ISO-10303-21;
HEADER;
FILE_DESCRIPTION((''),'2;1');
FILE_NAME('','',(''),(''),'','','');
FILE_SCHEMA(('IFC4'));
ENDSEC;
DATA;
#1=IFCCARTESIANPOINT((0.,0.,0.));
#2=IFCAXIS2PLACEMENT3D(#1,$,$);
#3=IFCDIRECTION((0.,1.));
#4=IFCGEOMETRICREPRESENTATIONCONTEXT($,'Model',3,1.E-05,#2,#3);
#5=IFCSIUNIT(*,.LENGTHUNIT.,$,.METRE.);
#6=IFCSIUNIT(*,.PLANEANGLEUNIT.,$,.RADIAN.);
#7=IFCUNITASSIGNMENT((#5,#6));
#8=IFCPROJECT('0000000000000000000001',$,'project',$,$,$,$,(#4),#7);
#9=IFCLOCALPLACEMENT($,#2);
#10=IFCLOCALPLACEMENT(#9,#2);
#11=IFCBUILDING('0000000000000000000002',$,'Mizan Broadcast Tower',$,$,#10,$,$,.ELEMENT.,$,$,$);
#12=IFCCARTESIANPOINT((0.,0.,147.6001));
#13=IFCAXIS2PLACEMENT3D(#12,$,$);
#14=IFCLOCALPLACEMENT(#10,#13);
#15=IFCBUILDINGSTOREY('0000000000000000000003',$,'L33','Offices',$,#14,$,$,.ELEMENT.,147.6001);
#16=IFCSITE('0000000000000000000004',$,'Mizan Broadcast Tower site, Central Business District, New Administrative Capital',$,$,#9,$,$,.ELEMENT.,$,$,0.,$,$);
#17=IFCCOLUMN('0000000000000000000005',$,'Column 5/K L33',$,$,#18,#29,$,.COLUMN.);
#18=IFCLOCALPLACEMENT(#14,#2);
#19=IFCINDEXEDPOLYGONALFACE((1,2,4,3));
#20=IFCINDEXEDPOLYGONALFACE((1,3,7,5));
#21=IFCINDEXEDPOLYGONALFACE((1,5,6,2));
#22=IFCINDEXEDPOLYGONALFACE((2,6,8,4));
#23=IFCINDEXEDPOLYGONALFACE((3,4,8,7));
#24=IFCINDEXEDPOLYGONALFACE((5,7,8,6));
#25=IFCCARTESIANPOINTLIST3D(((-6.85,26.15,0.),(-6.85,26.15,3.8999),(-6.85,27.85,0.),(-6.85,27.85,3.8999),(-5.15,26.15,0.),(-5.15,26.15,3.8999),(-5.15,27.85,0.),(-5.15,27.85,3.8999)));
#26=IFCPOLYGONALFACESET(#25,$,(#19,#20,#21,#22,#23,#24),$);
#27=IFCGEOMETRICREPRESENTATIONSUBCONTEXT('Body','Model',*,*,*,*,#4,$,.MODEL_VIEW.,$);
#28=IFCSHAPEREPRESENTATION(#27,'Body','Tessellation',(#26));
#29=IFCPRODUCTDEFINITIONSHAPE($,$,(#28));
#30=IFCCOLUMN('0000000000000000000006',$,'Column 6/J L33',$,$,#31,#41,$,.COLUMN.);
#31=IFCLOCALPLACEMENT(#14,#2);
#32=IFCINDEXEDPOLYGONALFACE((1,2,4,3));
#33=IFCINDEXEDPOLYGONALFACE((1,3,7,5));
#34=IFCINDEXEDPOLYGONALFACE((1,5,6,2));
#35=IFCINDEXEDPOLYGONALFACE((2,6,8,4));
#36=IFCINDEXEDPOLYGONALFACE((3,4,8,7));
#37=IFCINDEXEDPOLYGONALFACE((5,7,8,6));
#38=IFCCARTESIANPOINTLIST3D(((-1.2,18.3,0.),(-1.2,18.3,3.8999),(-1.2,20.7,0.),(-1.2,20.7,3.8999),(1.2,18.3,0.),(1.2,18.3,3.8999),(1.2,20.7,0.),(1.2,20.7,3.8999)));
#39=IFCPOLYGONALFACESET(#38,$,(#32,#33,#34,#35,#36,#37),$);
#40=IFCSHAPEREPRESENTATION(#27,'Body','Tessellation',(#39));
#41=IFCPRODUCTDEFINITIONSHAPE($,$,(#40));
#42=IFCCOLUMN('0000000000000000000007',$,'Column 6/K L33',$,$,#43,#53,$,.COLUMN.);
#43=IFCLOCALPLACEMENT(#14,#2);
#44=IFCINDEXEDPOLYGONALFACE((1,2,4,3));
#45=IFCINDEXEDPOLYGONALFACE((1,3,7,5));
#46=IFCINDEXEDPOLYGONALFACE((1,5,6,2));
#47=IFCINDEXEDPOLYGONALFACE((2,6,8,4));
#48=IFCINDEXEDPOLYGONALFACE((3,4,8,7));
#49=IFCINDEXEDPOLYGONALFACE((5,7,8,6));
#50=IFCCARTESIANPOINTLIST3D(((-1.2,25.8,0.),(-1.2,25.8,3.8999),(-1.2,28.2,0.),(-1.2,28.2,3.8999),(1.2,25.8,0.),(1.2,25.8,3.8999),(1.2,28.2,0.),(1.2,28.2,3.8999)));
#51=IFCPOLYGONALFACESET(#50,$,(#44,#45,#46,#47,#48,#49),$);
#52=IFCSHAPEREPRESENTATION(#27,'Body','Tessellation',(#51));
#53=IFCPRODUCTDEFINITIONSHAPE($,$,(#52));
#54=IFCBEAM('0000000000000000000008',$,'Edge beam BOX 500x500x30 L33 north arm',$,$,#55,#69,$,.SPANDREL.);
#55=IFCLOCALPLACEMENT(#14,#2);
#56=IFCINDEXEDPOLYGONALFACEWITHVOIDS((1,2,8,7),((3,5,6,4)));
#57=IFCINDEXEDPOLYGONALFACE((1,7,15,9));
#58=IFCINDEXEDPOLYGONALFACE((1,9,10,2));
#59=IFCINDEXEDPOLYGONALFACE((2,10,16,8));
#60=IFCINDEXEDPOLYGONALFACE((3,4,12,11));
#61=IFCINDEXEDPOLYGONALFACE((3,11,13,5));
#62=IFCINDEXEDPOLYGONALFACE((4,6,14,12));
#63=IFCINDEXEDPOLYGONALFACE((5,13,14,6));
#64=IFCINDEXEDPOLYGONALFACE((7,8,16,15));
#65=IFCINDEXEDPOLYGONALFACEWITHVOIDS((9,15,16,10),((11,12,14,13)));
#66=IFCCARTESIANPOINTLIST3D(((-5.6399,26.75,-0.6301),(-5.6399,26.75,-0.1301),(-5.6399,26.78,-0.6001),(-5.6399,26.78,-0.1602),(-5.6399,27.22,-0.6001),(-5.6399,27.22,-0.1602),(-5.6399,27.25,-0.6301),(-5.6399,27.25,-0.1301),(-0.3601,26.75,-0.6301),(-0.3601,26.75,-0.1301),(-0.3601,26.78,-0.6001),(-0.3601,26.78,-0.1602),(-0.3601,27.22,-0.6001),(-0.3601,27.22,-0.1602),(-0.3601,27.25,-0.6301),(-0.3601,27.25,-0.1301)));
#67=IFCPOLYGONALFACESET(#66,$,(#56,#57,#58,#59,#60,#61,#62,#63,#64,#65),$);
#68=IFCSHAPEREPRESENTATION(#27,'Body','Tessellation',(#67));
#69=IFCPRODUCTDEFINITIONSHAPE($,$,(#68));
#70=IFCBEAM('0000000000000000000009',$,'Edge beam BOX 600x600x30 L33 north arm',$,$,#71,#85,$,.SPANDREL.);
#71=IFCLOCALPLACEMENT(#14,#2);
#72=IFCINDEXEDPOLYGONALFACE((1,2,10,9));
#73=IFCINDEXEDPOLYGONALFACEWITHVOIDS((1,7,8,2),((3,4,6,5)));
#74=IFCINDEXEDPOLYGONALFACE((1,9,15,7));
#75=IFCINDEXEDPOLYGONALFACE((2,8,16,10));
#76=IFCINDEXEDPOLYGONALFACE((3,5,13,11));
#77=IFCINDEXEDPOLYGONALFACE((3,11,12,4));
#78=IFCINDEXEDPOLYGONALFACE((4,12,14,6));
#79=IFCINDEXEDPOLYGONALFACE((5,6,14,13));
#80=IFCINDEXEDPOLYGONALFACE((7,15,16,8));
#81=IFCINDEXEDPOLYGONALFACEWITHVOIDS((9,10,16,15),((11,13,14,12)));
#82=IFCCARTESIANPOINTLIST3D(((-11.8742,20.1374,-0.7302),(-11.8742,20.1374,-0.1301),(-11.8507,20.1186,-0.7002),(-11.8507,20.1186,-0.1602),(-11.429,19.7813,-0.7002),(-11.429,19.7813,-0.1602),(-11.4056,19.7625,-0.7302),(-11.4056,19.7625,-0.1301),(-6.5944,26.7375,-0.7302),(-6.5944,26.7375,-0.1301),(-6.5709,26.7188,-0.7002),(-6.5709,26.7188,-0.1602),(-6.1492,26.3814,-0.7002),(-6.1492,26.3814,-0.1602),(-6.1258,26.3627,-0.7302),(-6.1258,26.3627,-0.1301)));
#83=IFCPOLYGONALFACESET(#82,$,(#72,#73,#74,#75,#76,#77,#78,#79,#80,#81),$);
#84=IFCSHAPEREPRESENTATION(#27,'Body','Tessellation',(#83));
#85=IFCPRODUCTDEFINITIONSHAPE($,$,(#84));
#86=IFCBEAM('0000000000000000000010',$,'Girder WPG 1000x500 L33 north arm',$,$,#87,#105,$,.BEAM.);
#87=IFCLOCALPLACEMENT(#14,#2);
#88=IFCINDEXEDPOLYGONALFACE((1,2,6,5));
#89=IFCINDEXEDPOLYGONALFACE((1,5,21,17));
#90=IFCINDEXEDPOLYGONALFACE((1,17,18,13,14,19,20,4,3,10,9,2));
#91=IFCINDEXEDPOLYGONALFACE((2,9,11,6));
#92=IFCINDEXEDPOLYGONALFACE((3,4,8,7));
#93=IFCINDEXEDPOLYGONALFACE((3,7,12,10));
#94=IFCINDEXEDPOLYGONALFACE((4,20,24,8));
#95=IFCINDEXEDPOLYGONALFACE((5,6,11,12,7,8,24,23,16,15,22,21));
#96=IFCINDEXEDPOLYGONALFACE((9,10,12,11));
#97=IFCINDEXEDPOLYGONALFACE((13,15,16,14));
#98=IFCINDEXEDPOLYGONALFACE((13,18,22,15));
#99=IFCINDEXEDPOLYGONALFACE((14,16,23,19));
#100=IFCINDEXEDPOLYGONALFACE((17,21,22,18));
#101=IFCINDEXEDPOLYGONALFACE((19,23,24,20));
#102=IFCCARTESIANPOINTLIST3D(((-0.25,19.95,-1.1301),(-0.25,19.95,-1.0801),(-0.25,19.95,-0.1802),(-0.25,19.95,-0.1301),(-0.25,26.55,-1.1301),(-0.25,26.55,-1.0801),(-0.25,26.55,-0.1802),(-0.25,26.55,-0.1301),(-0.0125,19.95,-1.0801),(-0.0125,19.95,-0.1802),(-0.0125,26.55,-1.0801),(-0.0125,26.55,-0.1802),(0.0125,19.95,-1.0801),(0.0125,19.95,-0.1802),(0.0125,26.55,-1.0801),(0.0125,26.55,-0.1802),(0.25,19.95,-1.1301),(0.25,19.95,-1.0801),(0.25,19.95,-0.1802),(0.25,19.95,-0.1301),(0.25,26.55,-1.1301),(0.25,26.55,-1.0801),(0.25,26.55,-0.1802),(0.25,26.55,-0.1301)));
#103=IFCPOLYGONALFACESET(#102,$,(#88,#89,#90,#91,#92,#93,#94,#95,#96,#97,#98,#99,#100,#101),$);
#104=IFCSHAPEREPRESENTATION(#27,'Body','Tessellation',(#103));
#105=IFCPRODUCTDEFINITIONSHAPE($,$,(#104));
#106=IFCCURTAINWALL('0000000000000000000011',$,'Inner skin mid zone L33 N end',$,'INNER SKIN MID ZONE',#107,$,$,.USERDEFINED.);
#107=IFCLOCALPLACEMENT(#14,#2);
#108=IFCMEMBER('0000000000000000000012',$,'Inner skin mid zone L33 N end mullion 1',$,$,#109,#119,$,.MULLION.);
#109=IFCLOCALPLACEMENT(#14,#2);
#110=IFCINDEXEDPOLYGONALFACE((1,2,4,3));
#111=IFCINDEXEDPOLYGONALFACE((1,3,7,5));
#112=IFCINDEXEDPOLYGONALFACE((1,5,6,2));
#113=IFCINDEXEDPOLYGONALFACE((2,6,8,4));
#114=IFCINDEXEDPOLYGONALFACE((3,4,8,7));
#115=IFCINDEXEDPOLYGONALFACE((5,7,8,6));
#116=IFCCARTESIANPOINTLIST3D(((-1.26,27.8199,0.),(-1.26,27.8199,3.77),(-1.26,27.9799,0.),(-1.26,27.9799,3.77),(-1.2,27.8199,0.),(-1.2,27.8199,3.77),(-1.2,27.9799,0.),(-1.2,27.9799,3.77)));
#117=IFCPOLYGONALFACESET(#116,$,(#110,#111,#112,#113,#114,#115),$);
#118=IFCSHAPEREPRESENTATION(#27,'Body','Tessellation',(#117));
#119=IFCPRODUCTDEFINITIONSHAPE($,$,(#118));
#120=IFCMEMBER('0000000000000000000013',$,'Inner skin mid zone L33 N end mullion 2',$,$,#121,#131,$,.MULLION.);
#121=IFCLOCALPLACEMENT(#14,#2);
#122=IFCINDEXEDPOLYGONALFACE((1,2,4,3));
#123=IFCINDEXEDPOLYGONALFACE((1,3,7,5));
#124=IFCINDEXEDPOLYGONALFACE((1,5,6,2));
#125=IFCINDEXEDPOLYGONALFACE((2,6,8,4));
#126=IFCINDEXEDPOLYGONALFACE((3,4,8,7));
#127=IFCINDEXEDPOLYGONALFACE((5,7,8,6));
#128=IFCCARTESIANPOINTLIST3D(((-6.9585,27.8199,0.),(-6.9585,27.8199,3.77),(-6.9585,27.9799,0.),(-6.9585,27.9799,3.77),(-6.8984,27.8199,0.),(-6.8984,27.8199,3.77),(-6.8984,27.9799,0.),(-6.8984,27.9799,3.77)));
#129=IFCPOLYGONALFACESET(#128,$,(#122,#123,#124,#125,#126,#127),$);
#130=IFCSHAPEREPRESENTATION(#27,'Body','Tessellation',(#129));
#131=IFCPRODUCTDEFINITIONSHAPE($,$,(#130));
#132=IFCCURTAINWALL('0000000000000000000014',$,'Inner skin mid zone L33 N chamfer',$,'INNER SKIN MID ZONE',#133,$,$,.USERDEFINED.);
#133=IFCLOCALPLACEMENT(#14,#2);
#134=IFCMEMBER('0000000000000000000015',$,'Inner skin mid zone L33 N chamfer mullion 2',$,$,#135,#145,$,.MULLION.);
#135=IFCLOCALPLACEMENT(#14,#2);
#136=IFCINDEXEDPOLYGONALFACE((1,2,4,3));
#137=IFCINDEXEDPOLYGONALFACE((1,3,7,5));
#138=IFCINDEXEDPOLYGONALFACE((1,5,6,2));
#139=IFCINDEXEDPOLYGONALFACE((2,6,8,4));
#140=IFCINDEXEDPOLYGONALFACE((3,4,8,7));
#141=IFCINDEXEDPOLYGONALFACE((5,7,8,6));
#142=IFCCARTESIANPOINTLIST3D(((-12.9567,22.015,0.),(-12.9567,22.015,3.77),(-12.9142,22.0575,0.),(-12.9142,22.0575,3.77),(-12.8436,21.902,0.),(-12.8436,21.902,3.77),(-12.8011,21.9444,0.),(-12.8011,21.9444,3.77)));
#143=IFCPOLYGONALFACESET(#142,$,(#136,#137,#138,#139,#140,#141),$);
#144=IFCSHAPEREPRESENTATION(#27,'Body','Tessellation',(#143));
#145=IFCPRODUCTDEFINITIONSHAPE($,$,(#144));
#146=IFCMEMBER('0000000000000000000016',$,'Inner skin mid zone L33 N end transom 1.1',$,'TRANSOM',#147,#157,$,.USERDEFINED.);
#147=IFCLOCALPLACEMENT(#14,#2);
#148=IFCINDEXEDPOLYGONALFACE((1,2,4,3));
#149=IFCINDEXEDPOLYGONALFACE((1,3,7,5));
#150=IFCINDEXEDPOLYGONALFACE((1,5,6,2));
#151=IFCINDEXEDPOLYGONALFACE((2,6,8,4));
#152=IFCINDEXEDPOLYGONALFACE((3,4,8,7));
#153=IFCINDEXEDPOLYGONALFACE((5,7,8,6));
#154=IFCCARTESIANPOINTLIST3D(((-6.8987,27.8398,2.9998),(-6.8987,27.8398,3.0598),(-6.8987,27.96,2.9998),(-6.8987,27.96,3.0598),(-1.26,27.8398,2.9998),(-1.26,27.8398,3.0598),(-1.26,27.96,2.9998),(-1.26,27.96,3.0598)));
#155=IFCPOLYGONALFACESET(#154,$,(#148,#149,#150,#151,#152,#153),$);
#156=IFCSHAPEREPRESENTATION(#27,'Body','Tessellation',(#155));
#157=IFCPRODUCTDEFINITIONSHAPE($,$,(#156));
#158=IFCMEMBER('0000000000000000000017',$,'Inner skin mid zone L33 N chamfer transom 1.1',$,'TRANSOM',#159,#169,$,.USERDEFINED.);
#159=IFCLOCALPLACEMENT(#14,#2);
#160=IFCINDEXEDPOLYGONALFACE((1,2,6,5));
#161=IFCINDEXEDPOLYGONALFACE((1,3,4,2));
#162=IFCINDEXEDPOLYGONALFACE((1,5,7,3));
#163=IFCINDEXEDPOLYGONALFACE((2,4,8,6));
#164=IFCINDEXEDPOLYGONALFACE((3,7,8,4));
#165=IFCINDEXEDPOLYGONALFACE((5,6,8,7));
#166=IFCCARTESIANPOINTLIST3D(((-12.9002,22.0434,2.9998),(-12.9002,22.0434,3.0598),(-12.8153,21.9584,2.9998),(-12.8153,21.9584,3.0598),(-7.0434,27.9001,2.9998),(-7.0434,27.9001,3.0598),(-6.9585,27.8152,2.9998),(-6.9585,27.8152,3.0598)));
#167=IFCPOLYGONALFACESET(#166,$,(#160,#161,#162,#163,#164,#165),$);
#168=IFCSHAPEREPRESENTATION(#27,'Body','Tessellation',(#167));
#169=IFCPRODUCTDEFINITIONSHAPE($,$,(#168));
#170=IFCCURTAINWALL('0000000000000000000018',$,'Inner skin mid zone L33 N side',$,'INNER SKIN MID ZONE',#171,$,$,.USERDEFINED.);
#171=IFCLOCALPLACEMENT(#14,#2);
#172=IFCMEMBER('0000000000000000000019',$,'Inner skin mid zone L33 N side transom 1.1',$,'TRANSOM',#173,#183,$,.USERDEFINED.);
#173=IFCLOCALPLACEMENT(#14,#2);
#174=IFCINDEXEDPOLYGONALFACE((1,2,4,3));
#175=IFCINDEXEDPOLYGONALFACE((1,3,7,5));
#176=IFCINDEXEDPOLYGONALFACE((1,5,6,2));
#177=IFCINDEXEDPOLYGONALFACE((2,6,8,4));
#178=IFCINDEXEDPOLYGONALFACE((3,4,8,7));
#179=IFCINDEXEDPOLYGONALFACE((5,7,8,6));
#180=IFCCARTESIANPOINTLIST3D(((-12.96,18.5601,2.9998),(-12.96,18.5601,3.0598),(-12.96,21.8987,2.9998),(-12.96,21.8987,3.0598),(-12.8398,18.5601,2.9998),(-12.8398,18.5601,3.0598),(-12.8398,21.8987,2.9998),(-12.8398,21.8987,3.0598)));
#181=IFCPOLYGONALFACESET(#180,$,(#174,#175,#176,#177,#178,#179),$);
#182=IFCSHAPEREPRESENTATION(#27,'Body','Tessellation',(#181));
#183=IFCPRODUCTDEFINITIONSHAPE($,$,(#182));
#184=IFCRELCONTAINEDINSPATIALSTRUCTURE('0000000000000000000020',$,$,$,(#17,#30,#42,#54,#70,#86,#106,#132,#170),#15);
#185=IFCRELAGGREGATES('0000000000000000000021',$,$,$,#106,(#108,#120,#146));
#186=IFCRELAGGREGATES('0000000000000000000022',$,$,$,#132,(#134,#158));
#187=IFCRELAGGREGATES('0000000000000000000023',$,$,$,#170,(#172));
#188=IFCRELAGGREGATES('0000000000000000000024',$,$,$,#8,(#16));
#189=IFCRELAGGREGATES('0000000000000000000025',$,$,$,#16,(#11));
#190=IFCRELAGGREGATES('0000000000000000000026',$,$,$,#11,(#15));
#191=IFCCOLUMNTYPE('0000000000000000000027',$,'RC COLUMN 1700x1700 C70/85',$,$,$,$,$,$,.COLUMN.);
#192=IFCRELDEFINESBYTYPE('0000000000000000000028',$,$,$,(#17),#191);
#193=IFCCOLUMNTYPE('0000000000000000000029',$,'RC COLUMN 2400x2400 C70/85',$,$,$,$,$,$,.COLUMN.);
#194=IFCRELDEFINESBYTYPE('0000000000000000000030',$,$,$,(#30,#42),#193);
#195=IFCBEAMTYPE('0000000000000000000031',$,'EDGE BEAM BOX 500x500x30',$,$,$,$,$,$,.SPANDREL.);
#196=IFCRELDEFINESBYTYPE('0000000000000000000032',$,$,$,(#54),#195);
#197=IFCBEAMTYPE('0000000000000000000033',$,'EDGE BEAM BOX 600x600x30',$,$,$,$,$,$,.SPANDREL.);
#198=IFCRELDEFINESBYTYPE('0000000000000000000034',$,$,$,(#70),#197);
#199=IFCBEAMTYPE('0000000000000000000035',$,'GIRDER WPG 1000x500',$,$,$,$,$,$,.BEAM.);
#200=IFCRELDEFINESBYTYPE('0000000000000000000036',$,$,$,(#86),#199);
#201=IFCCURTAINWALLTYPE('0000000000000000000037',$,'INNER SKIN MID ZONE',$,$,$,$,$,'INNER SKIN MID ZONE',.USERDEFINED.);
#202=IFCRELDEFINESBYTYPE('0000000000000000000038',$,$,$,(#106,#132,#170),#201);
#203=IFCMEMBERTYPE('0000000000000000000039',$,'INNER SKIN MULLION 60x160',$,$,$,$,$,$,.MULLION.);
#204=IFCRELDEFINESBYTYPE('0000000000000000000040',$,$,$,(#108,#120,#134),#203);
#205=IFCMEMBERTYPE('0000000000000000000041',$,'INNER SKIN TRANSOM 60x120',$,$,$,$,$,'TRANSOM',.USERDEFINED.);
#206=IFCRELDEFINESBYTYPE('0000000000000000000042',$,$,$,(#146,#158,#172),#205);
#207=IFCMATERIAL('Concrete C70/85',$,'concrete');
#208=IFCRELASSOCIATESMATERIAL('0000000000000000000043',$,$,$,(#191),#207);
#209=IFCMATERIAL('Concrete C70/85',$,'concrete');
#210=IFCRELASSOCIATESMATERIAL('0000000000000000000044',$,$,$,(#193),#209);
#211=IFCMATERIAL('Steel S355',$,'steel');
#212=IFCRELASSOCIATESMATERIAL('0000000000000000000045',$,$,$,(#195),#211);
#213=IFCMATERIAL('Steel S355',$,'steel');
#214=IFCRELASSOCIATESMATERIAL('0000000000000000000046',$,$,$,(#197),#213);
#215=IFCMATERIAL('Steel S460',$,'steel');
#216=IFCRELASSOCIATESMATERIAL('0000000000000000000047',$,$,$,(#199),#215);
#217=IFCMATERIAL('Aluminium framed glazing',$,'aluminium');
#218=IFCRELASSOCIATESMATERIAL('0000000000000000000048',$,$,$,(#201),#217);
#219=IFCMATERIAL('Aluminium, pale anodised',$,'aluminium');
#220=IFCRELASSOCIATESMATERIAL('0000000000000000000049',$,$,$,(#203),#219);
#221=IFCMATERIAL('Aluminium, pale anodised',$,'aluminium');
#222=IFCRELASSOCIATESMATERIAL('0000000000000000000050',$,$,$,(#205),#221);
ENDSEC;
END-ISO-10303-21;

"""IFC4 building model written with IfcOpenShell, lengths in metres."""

from ifc_helpers import new_model, si_unit, direction, frame, origin, origin_2d, place, context, subcontext, project, spatial, rectangle, hollow_rectangle, i_section, extrude, material, material_profile, profile_set, type_object, element, aggregate, save


model = new_model("IFC4")

# Units and contexts
model_context = context("Model", 3, precision=1e-05, world=origin(), true_north=direction((0.0, 1.0)))
body_context = subcontext(model_context, "Body", "Model", "MODEL_VIEW")
ifc_project = project(units=[si_unit("LENGTHUNIT", "METRE"), si_unit("PLANEANGLEUNIT", "RADIAN")], contexts=[model_context])

# Site, building, storey
site_placement = place(None, origin())
site = spatial("IfcSite", under=ifc_project, at=site_placement, Name="Mizan Broadcast Tower site, Central Business District, New Administrative Capital", CompositionType="ELEMENT", RefElevation=0.0)
building_placement = place(site_placement, origin())
building = spatial("IfcBuilding", under=site, at=building_placement, Name="Mizan Broadcast Tower", CompositionType="ELEMENT")
storey_placement = place(building_placement, frame((0.0, 0.0, 147.6001)))
storey = spatial("IfcBuildingStorey", under=building, at=storey_placement, Name="L33", Description="Offices", CompositionType="ELEMENT", Elevation=147.6001)

# Columns
ifc_material_1 = material(Name="Concrete C70/85", Category="concrete")
ifc_material_profile_1 = material_profile(ifc_material_1, rectangle(XDim=1.7, YDim=1.7, at=origin_2d()), Name="RC 1700x1700")
ifc_profile_set_1 = profile_set([ifc_material_profile_1], Name="Concrete C70/85")
column_type_1 = type_object("IfcColumnType", Name="RC COLUMN 1700x1700 C70/85", PredefinedType="COLUMN", material=ifc_profile_set_1)
column_placement = place(storey_placement, frame((-6.0, 27.0, 0.0), z_axis=(0.0, 0.0, 1.0), x_axis=(1.0, 0.0, 0.0)))
element("IfcColumn", 1, at=column_placement, inside=storey, type_object=column_type_1, Name="Column 5/K L33", PredefinedType="COLUMN", context=body_context, shape_type="SweptSolid", body=[
    extrude(rectangle(XDim=1.7, YDim=1.7, at=origin_2d()), origin(), (0.0, 0.0, 1.0), 3.8999),
])
ifc_material_2 = material(Name="Concrete C70/85", Category="concrete")
ifc_material_profile_2 = material_profile(ifc_material_2, rectangle(XDim=2.3999, YDim=2.3999, at=origin_2d()), Name="RC 2400x2400")
ifc_profile_set_2 = profile_set([ifc_material_profile_2], Name="Concrete C70/85")
column_type_2 = type_object("IfcColumnType", Name="RC COLUMN 2400x2400 C70/85", PredefinedType="COLUMN", material=ifc_profile_set_2)
for number, where, z_axis, x_axis, name in (
    (2, (0.0, 19.5, 0.0), (0.0, 0.0, 1.0), (1.0, 0.0, 0.0), "Column 6/J L33"),
    (3, (0.0, 27.0, 0.0), (0.0, 0.0, 1.0), (1.0, 0.0, 0.0), "Column 6/K L33"),
):
    element("IfcColumn", number, at=place(storey_placement, frame(where, z_axis=z_axis, x_axis=x_axis)), inside=storey, type_object=column_type_2, Name=name, PredefinedType="COLUMN", context=body_context, shape_type="SweptSolid", body=[
        extrude(rectangle(XDim=2.3999, YDim=2.3999, at=origin_2d()), origin(), (0.0, 0.0, 1.0), 3.8999),
    ])

# Beams
ifc_material_3 = material(Name="Steel S355", Category="steel")
ifc_material_profile_3 = material_profile(ifc_material_3, hollow_rectangle(XDim=0.5, YDim=0.5, WallThickness=0.03, at=origin_2d()), Name="BOX 500x500x30")
ifc_profile_set_3 = profile_set([ifc_material_profile_3], Name="Steel S355")
beam_type_1 = type_object("IfcBeamType", Name="EDGE BEAM BOX 500x500x30", PredefinedType="SPANDREL", material=ifc_profile_set_3)
beam_1_placement = place(storey_placement, frame((-5.6399, 27.0, -0.3801), z_axis=(1.0, 0.0, 0.0), x_axis=(0.0, 1.0, 0.0)))
element("IfcBeam", 4, at=beam_1_placement, inside=storey, type_object=beam_type_1, Name="Edge beam BOX 500x500x30 L33 north arm", PredefinedType="SPANDREL", context=body_context, shape_type="SweptSolid", body=[
    extrude(hollow_rectangle(XDim=0.5, YDim=0.5, WallThickness=0.03, at=origin_2d()), origin(), (0.0, 0.0, 1.0), 5.2798),
])
ifc_material_4 = material(Name="Steel S355", Category="steel")
ifc_material_profile_4 = material_profile(ifc_material_4, hollow_rectangle(XDim=0.6001, YDim=0.6001, WallThickness=0.03, at=origin_2d()), Name="BOX 600x600x30")
ifc_profile_set_4 = profile_set([ifc_material_profile_4], Name="Steel S355")
beam_type_2 = type_object("IfcBeamType", Name="EDGE BEAM BOX 600x600x30", PredefinedType="SPANDREL", material=ifc_profile_set_4)
beam_2_placement = place(storey_placement, frame((-11.6399, 19.95, -0.4302), z_axis=(0.624674, 0.780886, 0.0), x_axis=(-0.780886, 0.624674, 0.0)))
element("IfcBeam", 5, at=beam_2_placement, inside=storey, type_object=beam_type_2, Name="Edge beam BOX 600x600x30 L33 north arm", PredefinedType="SPANDREL", context=body_context, shape_type="SweptSolid", body=[
    extrude(hollow_rectangle(XDim=0.6001, YDim=0.6001, WallThickness=0.03, at=origin_2d()), origin(), (0.0, 0.0, 1.0), 8.4521),
])
ifc_material_5 = material(Name="Steel S460", Category="steel")
ifc_material_profile_5 = material_profile(ifc_material_5, i_section(OverallWidth=0.5, OverallDepth=1.0, WebThickness=0.0249, FlangeThickness=0.05, at=origin_2d()), Name="WPG 1000x500")
ifc_profile_set_5 = profile_set([ifc_material_profile_5], Name="Steel S460")
beam_type_3 = type_object("IfcBeamType", Name="GIRDER WPG 1000x500", PredefinedType="BEAM", material=ifc_profile_set_5)
beam_3_placement = place(storey_placement, frame((0.0, 19.95, -0.6301), z_axis=(0.0, 1.0, 0.0), x_axis=(-1.0, 0.0, 0.0)))
element("IfcBeam", 6, at=beam_3_placement, inside=storey, type_object=beam_type_3, Name="Girder WPG 1000x500 L33 north arm", PredefinedType="BEAM", context=body_context, shape_type="SweptSolid", body=[
    extrude(i_section(OverallWidth=0.5, OverallDepth=1.0, WebThickness=0.0249, FlangeThickness=0.05, at=origin_2d()), origin(), (0.0, 0.0, 1.0), 6.6001),
])

# Curtain wall, members
ifc_material_6 = material(Name="Aluminium framed glazing", Category="aluminium")
curtain_wall_type_1 = type_object("IfcCurtainWallType", Name="INNER SKIN MID ZONE", ElementType="INNER SKIN MID ZONE", PredefinedType="USERDEFINED", material=ifc_material_6)
curtain_wall_1_placement = place(storey_placement, origin())
curtain_wall_1 = element("IfcCurtainWall", 7, at=curtain_wall_1_placement, inside=storey, type_object=curtain_wall_type_1, Name="Inner skin mid zone L33 N end", ObjectType="INNER SKIN MID ZONE", PredefinedType="USERDEFINED")
ifc_material_7 = material(Name="Aluminium, pale anodised", Category="aluminium")
ifc_material_profile_6 = material_profile(ifc_material_7, rectangle(XDim=0.1599, YDim=0.0601, at=origin_2d()), Name="MULLION 160x60")
ifc_profile_set_6 = profile_set([ifc_material_profile_6], Name="Aluminium, pale anodised")
member_type_1 = type_object("IfcMemberType", Name="INNER SKIN MULLION 60x160", PredefinedType="MULLION", material=ifc_profile_set_6)
member_1_placement = place(storey_placement, frame((-1.23, 27.8999, 0.0), z_axis=(0.0, 0.0, 1.0), x_axis=(0.0, -1.0, 0.0)))
member_1 = element("IfcMember", 8, at=member_1_placement, type_object=member_type_1, Name="Inner skin mid zone L33 N end mullion 1", PredefinedType="MULLION", context=body_context, shape_type="SweptSolid", body=[
    extrude(rectangle(XDim=0.1599, YDim=0.0601, at=origin_2d()), origin(), (0.0, 0.0, 1.0), 3.77),
])
member_2_placement = place(storey_placement, frame((-6.9285, 27.8999, 0.0), z_axis=(0.0, 0.0, 1.0), x_axis=(0.0, -1.0, 0.0)))
member_2 = element("IfcMember", 9, at=member_2_placement, type_object=member_type_1, Name="Inner skin mid zone L33 N end mullion 2", PredefinedType="MULLION", context=body_context, shape_type="SweptSolid", body=[
    extrude(rectangle(XDim=0.1599, YDim=0.0601, at=origin_2d()), origin(), (0.0, 0.0, 1.0), 3.77),
])

# Curtain wall, member
curtain_wall_2_placement = place(storey_placement, origin())
curtain_wall_2 = element("IfcCurtainWall", 10, at=curtain_wall_2_placement, inside=storey, type_object=curtain_wall_type_1, Name="Inner skin mid zone L33 N chamfer", ObjectType="INNER SKIN MID ZONE", PredefinedType="USERDEFINED")
member_3_placement = place(storey_placement, frame((-12.8789, 21.9797, 0.0), z_axis=(0.0, 0.0, 1.0), x_axis=(0.707107, -0.707107, 0.0)))
member_3 = element("IfcMember", 11, at=member_3_placement, type_object=member_type_1, Name="Inner skin mid zone L33 N chamfer mullion 2", PredefinedType="MULLION", context=body_context, shape_type="SweptSolid", body=[
    extrude(rectangle(XDim=0.1599, YDim=0.0601, at=origin_2d()), origin(), (0.0, 0.0, 1.0), 3.77),
])

# Members
ifc_material_8 = material(Name="Aluminium, pale anodised", Category="aluminium")
ifc_material_profile_7 = material_profile(ifc_material_8, rectangle(XDim=0.1201, YDim=0.0601, at=origin_2d()), Name="TRANSOM 120x60")
ifc_profile_set_7 = profile_set([ifc_material_profile_7], Name="Aluminium, pale anodised")
member_type_2 = type_object("IfcMemberType", Name="INNER SKIN TRANSOM 60x120", ElementType="TRANSOM", PredefinedType="USERDEFINED", material=ifc_profile_set_7)
member_4_placement = place(storey_placement, frame((-1.26, 27.8999, 3.0298), z_axis=(-1.0, 0.0, 0.0), x_axis=(0.0, -1.0, 0.0)))
member_4 = element("IfcMember", 12, at=member_4_placement, type_object=member_type_2, Name="Inner skin mid zone L33 N end transom 1.1", ObjectType="TRANSOM", PredefinedType="USERDEFINED", context=body_context, shape_type="SweptSolid", body=[
    extrude(rectangle(XDim=0.1201, YDim=0.0601, at=origin_2d()), origin(), (0.0, 0.0, 1.0), 5.6387),
])
member_5_placement = place(storey_placement, frame((-7.001, 27.8577, 3.0298), z_axis=(-0.707107, -0.707107, 0.0), x_axis=(0.707107, -0.707107, 0.0)))
member_5 = element("IfcMember", 13, at=member_5_placement, type_object=member_type_2, Name="Inner skin mid zone L33 N chamfer transom 1.1", ObjectType="TRANSOM", PredefinedType="USERDEFINED", context=body_context, shape_type="SweptSolid", body=[
    extrude(rectangle(XDim=0.1201, YDim=0.0601, at=origin_2d()), origin(), (0.0, 0.0, 1.0), 8.2827),
])

# Curtain wall, member
curtain_wall_3_placement = place(storey_placement, origin())
curtain_wall_3 = element("IfcCurtainWall", 14, at=curtain_wall_3_placement, inside=storey, type_object=curtain_wall_type_1, Name="Inner skin mid zone L33 N side", ObjectType="INNER SKIN MID ZONE", PredefinedType="USERDEFINED")
member_6_placement = place(storey_placement, frame((-12.8999, 21.8987, 3.0298), z_axis=(0.0, -1.0, 0.0), x_axis=(1.0, 0.0, 0.0)))
member_6 = element("IfcMember", 15, at=member_6_placement, type_object=member_type_2, Name="Inner skin mid zone L33 N side transom 1.1", ObjectType="TRANSOM", PredefinedType="USERDEFINED", context=body_context, shape_type="SweptSolid", body=[
    extrude(rectangle(XDim=0.1201, YDim=0.0601, at=origin_2d()), origin(), (0.0, 0.0, 1.0), 3.3386),
])

aggregate(curtain_wall_1, [member_1, member_2, member_4])
aggregate(curtain_wall_2, [member_3, member_5])
aggregate(curtain_wall_3, [member_6])

save(model, "model.ifc")
